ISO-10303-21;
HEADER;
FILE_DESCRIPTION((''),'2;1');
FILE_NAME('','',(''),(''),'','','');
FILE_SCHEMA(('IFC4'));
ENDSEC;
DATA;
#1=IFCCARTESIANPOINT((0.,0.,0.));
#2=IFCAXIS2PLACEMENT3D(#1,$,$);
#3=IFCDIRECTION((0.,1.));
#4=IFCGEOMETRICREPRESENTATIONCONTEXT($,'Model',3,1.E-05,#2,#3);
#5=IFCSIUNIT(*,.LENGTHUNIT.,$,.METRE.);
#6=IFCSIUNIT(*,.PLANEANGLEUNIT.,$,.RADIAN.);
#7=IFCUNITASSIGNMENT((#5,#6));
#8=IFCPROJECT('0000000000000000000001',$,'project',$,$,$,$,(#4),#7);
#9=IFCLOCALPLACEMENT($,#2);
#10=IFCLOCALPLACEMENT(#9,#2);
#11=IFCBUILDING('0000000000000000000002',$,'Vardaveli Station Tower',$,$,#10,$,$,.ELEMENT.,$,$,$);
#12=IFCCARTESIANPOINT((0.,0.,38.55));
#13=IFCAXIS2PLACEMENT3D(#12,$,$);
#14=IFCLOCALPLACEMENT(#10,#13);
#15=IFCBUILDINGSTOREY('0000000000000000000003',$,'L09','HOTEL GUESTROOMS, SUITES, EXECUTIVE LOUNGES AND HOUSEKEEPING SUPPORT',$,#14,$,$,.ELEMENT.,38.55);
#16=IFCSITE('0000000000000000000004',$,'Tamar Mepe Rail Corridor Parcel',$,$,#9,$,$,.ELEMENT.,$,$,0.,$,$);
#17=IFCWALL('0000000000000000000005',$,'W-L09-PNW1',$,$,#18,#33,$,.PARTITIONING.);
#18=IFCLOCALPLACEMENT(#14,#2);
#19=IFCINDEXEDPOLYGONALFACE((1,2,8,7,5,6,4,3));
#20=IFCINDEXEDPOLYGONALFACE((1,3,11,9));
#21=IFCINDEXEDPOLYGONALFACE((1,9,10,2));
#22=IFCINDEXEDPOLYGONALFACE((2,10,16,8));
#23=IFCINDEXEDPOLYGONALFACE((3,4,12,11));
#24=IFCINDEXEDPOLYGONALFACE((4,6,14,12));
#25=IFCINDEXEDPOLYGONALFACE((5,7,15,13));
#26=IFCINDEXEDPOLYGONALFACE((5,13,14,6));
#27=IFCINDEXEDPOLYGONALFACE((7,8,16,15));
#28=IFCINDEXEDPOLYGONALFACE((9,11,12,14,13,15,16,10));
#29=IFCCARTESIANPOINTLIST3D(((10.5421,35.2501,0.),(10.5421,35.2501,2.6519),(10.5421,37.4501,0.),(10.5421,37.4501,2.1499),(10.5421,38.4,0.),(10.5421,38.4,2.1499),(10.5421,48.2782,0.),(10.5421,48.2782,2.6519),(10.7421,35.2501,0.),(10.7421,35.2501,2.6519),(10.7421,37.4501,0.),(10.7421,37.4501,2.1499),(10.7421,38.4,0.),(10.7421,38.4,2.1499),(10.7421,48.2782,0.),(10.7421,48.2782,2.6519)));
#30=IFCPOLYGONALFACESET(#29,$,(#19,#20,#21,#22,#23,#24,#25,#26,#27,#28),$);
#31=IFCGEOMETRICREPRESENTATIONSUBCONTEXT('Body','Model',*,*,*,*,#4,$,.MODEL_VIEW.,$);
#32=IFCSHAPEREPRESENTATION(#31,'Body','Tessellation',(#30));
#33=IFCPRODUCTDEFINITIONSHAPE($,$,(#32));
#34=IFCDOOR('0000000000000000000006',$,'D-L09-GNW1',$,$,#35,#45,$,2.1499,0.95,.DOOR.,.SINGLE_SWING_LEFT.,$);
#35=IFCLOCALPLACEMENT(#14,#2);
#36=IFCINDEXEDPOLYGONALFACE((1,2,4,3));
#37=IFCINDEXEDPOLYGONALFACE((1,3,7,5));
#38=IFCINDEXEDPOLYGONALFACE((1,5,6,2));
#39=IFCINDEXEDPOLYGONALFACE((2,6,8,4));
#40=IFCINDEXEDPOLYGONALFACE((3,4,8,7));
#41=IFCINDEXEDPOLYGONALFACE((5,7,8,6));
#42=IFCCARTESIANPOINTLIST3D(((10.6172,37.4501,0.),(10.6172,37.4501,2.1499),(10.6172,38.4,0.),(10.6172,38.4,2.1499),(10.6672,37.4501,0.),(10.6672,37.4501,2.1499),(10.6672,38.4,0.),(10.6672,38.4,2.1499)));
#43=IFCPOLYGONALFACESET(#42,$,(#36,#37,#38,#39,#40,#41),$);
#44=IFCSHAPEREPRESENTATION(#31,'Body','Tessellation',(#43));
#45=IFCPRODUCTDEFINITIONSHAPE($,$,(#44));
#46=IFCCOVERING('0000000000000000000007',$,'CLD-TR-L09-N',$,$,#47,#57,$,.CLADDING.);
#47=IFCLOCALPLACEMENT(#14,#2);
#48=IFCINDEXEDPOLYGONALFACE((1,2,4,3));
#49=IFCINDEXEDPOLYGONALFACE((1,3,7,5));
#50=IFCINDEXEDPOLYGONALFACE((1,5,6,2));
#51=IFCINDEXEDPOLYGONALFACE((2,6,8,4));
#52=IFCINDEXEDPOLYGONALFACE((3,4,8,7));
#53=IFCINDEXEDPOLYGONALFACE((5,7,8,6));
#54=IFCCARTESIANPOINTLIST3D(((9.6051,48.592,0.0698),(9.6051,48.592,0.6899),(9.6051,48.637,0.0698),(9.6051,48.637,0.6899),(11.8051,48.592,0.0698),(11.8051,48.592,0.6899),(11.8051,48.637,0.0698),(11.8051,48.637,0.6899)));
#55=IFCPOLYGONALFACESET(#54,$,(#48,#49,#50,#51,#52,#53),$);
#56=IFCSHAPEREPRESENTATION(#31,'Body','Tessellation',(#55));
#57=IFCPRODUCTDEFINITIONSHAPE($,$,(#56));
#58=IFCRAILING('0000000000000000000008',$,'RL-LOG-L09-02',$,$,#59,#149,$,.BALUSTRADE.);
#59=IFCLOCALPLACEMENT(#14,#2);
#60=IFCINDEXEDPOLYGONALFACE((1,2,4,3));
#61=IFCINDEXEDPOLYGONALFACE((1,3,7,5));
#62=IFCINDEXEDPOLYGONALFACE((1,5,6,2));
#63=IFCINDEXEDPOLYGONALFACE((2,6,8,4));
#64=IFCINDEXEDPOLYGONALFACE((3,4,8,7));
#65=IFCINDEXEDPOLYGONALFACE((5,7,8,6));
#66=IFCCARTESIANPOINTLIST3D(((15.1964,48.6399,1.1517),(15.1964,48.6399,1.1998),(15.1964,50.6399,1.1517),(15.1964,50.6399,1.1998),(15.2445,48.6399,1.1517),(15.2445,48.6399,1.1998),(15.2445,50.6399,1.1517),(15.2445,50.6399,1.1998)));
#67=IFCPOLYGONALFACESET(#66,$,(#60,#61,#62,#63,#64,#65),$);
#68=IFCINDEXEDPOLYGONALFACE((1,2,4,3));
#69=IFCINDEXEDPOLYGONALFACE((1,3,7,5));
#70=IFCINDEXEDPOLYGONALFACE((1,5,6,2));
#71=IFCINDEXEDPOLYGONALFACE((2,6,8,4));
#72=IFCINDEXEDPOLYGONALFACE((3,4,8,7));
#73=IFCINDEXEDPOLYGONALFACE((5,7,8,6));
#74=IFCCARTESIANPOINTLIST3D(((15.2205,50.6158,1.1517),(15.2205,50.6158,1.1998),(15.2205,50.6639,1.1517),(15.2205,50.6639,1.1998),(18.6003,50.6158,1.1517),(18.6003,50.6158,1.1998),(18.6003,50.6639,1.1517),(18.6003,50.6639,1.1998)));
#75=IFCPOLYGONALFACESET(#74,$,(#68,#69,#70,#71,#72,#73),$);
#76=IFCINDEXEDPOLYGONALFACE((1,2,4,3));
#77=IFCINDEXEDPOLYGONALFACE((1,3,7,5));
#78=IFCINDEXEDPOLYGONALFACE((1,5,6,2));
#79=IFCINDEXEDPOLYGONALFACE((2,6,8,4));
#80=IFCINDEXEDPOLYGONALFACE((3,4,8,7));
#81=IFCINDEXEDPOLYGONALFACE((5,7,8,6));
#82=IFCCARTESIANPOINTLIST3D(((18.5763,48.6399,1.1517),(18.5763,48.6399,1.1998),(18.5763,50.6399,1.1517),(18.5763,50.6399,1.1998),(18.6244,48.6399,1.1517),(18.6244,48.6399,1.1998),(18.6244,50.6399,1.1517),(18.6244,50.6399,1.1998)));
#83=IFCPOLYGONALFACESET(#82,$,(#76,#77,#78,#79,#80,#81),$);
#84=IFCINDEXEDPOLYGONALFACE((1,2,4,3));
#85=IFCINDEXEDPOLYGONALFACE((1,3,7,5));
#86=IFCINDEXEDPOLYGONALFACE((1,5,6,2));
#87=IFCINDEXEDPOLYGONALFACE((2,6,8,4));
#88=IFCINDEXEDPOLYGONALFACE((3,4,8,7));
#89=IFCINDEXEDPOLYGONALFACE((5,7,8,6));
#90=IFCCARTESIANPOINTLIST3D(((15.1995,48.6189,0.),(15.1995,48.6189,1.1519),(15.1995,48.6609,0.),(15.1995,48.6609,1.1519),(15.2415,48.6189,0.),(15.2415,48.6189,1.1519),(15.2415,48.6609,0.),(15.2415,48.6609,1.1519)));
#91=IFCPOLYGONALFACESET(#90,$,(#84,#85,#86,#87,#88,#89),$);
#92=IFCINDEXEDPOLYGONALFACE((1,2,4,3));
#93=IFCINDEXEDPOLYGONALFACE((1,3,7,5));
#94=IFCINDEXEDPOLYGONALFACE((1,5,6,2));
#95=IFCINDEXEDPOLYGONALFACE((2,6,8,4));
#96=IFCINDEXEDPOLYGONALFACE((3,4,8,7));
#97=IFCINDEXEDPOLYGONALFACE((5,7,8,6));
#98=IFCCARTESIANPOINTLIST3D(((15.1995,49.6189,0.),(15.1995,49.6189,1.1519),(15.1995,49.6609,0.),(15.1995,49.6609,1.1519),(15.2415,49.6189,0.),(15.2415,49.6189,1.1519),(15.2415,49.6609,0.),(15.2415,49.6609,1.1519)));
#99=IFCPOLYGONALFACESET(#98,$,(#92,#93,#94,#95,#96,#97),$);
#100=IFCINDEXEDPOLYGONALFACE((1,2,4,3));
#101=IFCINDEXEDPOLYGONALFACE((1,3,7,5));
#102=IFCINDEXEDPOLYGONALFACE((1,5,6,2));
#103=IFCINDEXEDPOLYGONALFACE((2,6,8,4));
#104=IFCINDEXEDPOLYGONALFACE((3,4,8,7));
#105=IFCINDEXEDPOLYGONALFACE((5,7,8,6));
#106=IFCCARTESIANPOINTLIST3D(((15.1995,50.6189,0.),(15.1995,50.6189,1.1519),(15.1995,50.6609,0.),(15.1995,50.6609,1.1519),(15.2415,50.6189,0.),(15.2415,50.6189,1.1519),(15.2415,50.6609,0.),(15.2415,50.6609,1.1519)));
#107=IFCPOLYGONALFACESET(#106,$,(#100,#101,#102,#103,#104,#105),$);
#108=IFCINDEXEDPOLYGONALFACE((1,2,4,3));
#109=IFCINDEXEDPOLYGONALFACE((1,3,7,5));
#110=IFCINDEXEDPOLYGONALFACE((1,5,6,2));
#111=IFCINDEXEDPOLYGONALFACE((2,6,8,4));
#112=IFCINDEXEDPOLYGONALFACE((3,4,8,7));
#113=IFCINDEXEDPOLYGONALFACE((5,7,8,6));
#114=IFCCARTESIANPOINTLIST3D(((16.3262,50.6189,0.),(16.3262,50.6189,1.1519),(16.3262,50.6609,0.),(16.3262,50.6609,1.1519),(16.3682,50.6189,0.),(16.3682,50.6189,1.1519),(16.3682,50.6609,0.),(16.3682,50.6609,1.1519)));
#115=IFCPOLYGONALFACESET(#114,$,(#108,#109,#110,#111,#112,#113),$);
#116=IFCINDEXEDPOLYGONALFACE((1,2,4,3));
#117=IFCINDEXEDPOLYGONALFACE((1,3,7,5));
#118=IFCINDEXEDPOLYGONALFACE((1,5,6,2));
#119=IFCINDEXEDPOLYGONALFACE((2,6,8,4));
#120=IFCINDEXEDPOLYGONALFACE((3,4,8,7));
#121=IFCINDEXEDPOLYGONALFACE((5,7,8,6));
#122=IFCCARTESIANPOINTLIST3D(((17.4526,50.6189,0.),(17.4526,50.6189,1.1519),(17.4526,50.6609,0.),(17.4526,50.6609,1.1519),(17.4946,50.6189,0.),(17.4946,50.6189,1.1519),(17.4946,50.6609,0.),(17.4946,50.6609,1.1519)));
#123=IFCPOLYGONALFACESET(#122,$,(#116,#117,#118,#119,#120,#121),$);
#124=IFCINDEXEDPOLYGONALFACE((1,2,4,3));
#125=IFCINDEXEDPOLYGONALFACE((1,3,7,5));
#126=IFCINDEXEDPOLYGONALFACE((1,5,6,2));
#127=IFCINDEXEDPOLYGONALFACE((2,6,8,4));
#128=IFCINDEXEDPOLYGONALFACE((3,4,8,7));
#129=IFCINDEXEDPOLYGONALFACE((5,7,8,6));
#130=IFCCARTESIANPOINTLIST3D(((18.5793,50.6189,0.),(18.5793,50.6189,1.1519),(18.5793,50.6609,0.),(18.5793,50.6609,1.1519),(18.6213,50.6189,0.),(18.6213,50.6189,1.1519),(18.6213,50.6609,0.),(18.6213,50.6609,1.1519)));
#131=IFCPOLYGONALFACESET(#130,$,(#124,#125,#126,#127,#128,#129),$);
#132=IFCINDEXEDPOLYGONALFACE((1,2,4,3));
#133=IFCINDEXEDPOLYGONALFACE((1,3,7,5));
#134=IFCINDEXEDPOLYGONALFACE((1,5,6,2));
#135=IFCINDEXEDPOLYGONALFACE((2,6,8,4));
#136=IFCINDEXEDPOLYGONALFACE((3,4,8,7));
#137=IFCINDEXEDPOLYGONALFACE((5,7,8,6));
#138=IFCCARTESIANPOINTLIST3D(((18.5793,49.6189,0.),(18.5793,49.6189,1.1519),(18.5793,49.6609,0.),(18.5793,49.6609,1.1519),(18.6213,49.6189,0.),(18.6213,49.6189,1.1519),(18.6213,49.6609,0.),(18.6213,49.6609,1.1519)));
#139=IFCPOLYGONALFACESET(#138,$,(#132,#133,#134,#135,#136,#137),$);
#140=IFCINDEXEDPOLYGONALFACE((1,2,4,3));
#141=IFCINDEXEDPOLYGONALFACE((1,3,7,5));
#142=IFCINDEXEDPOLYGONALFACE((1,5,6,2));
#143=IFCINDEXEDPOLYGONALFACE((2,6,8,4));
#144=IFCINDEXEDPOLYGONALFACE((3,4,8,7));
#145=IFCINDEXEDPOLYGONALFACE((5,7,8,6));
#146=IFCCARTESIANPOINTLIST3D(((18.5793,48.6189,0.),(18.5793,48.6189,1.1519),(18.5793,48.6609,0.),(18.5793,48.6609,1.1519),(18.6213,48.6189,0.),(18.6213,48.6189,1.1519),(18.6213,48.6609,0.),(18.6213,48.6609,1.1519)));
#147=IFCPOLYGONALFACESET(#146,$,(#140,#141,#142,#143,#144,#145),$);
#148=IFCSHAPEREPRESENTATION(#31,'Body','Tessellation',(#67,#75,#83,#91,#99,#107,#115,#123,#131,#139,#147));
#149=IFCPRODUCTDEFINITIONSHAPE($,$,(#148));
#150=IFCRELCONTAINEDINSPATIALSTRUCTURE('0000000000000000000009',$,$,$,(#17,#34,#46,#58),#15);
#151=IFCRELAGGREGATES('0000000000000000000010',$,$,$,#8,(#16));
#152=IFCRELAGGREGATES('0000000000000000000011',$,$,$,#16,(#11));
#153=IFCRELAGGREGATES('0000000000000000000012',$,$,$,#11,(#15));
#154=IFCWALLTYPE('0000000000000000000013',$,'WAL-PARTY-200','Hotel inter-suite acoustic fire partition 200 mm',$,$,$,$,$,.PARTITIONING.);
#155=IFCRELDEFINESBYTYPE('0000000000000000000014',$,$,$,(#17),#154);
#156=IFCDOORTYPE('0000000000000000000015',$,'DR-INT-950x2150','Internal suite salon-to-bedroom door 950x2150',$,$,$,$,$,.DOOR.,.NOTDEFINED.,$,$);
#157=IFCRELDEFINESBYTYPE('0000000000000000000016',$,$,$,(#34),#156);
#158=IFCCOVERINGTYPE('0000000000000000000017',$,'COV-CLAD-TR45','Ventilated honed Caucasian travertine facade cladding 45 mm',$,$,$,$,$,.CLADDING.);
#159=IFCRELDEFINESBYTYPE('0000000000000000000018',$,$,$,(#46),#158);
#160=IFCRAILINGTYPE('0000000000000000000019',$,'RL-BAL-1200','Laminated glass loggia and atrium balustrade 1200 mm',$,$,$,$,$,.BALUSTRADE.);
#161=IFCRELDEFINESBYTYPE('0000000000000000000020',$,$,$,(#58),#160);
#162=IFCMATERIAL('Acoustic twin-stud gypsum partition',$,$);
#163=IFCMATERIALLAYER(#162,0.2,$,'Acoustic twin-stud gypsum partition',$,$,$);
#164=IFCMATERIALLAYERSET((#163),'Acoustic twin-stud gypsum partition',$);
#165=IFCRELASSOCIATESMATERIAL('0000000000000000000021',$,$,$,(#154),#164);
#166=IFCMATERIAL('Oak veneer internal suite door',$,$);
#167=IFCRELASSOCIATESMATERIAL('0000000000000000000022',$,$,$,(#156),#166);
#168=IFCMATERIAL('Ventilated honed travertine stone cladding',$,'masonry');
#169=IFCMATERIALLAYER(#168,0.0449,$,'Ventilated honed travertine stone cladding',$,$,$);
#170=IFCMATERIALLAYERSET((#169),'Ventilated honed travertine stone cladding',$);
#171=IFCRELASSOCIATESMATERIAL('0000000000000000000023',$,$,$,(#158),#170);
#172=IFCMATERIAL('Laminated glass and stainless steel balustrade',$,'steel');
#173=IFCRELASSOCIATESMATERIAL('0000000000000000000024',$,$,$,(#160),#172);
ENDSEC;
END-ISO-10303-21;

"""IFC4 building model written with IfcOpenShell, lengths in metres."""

from ifc_helpers import new_model, si_unit, direction, frame, frame_2d, origin, origin_2d, place, context, subcontext, project, spatial, rectangle, extrude, source, transform, mapped, material, layer, layer_set, type_object, element, fill, save


model = new_model("IFC4")

# Units and contexts
model_context = context("Model", 3, precision=1e-05, world=origin(), true_north=direction((0.0, 1.0)))
body_context = subcontext(model_context, "Body", "Model", "MODEL_VIEW")
ifc_project = project(units=[si_unit("LENGTHUNIT", "METRE"), si_unit("PLANEANGLEUNIT", "RADIAN")], contexts=[model_context])

# Site, building, storey
site_placement = place(None, origin())
site = spatial("IfcSite", under=ifc_project, at=site_placement, Name="Tamar Mepe Rail Corridor Parcel", CompositionType="ELEMENT", RefElevation=0.0)
building_placement = place(site_placement, origin())
building = spatial("IfcBuilding", under=site, at=building_placement, Name="Vardaveli Station Tower", CompositionType="ELEMENT")
storey_placement = place(building_placement, frame((0.0, 0.0, 38.55)))
storey = spatial("IfcBuildingStorey", under=building, at=storey_placement, Name="L09", Description="HOTEL GUESTROOMS, SUITES, EXECUTIVE LOUNGES AND HOUSEKEEPING SUPPORT", CompositionType="ELEMENT", Elevation=38.55)

# Wall, opening, door
ifc_material_1 = material(Name="Acoustic twin-stud gypsum partition")
ifc_layer_1 = layer(ifc_material_1, 0.2, Name="Acoustic twin-stud gypsum partition")
ifc_layer_set_1 = layer_set([ifc_layer_1], Name="Acoustic twin-stud gypsum partition")
wall_type_1 = type_object("IfcWallType", Name="WAL-PARTY-200", Description="Hotel inter-suite acoustic fire partition 200 mm", PredefinedType="PARTITIONING", material=ifc_layer_set_1)
shared_shape_1 = source(origin(), body_context, "Body", "SweptSolid", [
    extrude(rectangle(XDim=13.0281, YDim=0.2, at=frame_2d((6.5142, 0.0))), origin(), (0.0, 0.0, 1.0), 2.6519),
])
wall_1_placement = place(storey_placement, frame((10.6421, 35.25, 0.0), z_axis=(0.0, 0.0, 1.0), x_axis=(0.0, 1.0, 0.0)))
wall_1 = element("IfcWall", 1, at=wall_1_placement, inside=storey, type_object=wall_type_1, Name="W-L09-PNW1", PredefinedType="PARTITIONING", context=body_context, shape_type="MappedRepresentation", body=[
    mapped(shared_shape_1, transform((0.0, 0.0, 0.0), scale=1.0)),
])
shared_shape_2 = source(origin(), body_context, "Body", "SweptSolid", [
    extrude(rectangle(XDim=0.95, YDim=2.1499, at=frame_2d((0.4751, 1.075))), frame((0.0, 0.1099, 0.0), z_axis=(0.0, -1.0, 0.0), x_axis=(1.0, 0.0, 0.0)), (0.0, 0.0, 1.0), 0.22),
])
opening_1_placement = place(wall_1_placement, frame((2.2, 0.0, 0.0)))
opening_1 = element("IfcOpeningElement", 2, at=opening_1_placement, cuts=wall_1, PredefinedType="OPENING", context=body_context, shape_type="MappedRepresentation", body=[
    mapped(shared_shape_2, transform((0.0, 0.0, 0.0), scale=1.0)),
])
ifc_material_2 = material(Name="Oak veneer internal suite door")
door_type_1 = type_object("IfcDoorType", Name="DR-INT-950x2150", Description="Internal suite salon-to-bedroom door 950x2150", OperationType="NOTDEFINED", PredefinedType="DOOR", material=ifc_material_2)
shared_shape_3 = source(origin(), body_context, "Body", "SweptSolid", [
    extrude(rectangle(XDim=0.95, YDim=2.1499, at=frame_2d((0.4751, 1.075))), frame((0.0, 0.0249, 0.0), z_axis=(0.0, -1.0, 0.0), x_axis=(1.0, 0.0, 0.0)), (0.0, 0.0, 1.0), 0.05),
])
door_1_placement = place(opening_1_placement, origin())
door_1 = element("IfcDoor", 3, at=door_1_placement, inside=storey, type_object=door_type_1, Name="D-L09-GNW1", OperationType="SINGLE_SWING_LEFT", OverallHeight=2.1499, OverallWidth=0.95, PredefinedType="DOOR", context=body_context, shape_type="MappedRepresentation", body=[
    mapped(shared_shape_3, transform((0.0, 0.0, 0.0), scale=1.0)),
])
fill(opening_1, door_1)

# Covering
ifc_material_3 = material(Name="Ventilated honed travertine stone cladding", Category="masonry")
ifc_layer_2 = layer(ifc_material_3, 0.0449, Name="Ventilated honed travertine stone cladding")
ifc_layer_set_2 = layer_set([ifc_layer_2], Name="Ventilated honed travertine stone cladding")
covering_type = type_object("IfcCoveringType", Name="COV-CLAD-TR45", Description="Ventilated honed Caucasian travertine facade cladding 45 mm", PredefinedType="CLADDING", material=ifc_layer_set_2)
shared_shape_4 = source(origin(), body_context, "Body", "SweptSolid", [
    extrude(rectangle(XDim=2.2, YDim=0.0449, at=origin_2d()), origin(), (0.0, 0.0, 1.0), 0.6201),
])
covering_placement = place(storey_placement, frame((10.7051, 48.6145, 0.0698), z_axis=(0.0, 0.0, 1.0), x_axis=(1.0, 0.0, 0.0)))
element("IfcCovering", 4, at=covering_placement, inside=storey, type_object=covering_type, Name="CLD-TR-L09-N", PredefinedType="CLADDING", context=body_context, shape_type="MappedRepresentation", body=[
    mapped(shared_shape_4, transform((0.0, 0.0, 0.0), scale=1.0)),
])

# Railing
ifc_material_4 = material(Name="Laminated glass and stainless steel balustrade", Category="steel")
railing_type = type_object("IfcRailingType", Name="RL-BAL-1200", Description="Laminated glass loggia and atrium balustrade 1200 mm", PredefinedType="BALUSTRADE", material=ifc_material_4)
shared_shape_5 = source(origin(), body_context, "Body", "SweptSolid", [
    extrude(rectangle(XDim=0.0481, YDim=0.0481, at=origin_2d()), frame((0.0, 0.0, 1.1758), z_axis=(0.0, 1.0, 0.0), x_axis=(-1.0, 0.0, 0.0)), (0.0, 0.0, 1.0), 2.0),
    extrude(rectangle(XDim=0.0481, YDim=0.0481, at=origin_2d()), frame((0.0, 2.0, 1.1758), z_axis=(1.0, 0.0, 0.0), x_axis=(0.0, 1.0, 0.0)), (0.0, 0.0, 1.0), 3.3799),
    extrude(rectangle(XDim=0.0481, YDim=0.0481, at=origin_2d()), frame((3.3799, 2.0, 1.1758), z_axis=(0.0, -1.0, 0.0), x_axis=(1.0, 0.0, 0.0)), (0.0, 0.0, 1.0), 2.0),
    extrude(rectangle(XDim=0.042, YDim=0.042, at=origin_2d()), origin(), (0.0, 0.0, 1.0), 1.1519),
    extrude(rectangle(XDim=0.042, YDim=0.042, at=origin_2d()), frame((0.0, 1.0, 0.0)), (0.0, 0.0, 1.0), 1.1519),
    extrude(rectangle(XDim=0.042, YDim=0.042, at=origin_2d()), frame((0.0, 2.0, 0.0)), (0.0, 0.0, 1.0), 1.1519),
    extrude(rectangle(XDim=0.042, YDim=0.042, at=origin_2d()), frame((1.1267, 2.0, 0.0)), (0.0, 0.0, 1.0), 1.1519),
    extrude(rectangle(XDim=0.042, YDim=0.042, at=origin_2d()), frame((2.2532, 2.0, 0.0)), (0.0, 0.0, 1.0), 1.1519),
    extrude(rectangle(XDim=0.042, YDim=0.042, at=origin_2d()), frame((3.3799, 2.0, 0.0)), (0.0, 0.0, 1.0), 1.1519),
    extrude(rectangle(XDim=0.042, YDim=0.042, at=origin_2d()), frame((3.3799, 1.0, 0.0)), (0.0, 0.0, 1.0), 1.1519),
    extrude(rectangle(XDim=0.042, YDim=0.042, at=origin_2d()), frame((3.3799, 0.0, 0.0)), (0.0, 0.0, 1.0), 1.1519),
])
railing_placement = place(storey_placement, frame((15.2205, 48.6399, 0.0)))
element("IfcRailing", 5, at=railing_placement, inside=storey, type_object=railing_type, Name="RL-LOG-L09-02", PredefinedType="BALUSTRADE", context=body_context, shape_type="MappedRepresentation", body=[
    mapped(shared_shape_5, transform((0.0, 0.0, 0.0), scale=1.0)),
])

save(model, "model.ifc")
